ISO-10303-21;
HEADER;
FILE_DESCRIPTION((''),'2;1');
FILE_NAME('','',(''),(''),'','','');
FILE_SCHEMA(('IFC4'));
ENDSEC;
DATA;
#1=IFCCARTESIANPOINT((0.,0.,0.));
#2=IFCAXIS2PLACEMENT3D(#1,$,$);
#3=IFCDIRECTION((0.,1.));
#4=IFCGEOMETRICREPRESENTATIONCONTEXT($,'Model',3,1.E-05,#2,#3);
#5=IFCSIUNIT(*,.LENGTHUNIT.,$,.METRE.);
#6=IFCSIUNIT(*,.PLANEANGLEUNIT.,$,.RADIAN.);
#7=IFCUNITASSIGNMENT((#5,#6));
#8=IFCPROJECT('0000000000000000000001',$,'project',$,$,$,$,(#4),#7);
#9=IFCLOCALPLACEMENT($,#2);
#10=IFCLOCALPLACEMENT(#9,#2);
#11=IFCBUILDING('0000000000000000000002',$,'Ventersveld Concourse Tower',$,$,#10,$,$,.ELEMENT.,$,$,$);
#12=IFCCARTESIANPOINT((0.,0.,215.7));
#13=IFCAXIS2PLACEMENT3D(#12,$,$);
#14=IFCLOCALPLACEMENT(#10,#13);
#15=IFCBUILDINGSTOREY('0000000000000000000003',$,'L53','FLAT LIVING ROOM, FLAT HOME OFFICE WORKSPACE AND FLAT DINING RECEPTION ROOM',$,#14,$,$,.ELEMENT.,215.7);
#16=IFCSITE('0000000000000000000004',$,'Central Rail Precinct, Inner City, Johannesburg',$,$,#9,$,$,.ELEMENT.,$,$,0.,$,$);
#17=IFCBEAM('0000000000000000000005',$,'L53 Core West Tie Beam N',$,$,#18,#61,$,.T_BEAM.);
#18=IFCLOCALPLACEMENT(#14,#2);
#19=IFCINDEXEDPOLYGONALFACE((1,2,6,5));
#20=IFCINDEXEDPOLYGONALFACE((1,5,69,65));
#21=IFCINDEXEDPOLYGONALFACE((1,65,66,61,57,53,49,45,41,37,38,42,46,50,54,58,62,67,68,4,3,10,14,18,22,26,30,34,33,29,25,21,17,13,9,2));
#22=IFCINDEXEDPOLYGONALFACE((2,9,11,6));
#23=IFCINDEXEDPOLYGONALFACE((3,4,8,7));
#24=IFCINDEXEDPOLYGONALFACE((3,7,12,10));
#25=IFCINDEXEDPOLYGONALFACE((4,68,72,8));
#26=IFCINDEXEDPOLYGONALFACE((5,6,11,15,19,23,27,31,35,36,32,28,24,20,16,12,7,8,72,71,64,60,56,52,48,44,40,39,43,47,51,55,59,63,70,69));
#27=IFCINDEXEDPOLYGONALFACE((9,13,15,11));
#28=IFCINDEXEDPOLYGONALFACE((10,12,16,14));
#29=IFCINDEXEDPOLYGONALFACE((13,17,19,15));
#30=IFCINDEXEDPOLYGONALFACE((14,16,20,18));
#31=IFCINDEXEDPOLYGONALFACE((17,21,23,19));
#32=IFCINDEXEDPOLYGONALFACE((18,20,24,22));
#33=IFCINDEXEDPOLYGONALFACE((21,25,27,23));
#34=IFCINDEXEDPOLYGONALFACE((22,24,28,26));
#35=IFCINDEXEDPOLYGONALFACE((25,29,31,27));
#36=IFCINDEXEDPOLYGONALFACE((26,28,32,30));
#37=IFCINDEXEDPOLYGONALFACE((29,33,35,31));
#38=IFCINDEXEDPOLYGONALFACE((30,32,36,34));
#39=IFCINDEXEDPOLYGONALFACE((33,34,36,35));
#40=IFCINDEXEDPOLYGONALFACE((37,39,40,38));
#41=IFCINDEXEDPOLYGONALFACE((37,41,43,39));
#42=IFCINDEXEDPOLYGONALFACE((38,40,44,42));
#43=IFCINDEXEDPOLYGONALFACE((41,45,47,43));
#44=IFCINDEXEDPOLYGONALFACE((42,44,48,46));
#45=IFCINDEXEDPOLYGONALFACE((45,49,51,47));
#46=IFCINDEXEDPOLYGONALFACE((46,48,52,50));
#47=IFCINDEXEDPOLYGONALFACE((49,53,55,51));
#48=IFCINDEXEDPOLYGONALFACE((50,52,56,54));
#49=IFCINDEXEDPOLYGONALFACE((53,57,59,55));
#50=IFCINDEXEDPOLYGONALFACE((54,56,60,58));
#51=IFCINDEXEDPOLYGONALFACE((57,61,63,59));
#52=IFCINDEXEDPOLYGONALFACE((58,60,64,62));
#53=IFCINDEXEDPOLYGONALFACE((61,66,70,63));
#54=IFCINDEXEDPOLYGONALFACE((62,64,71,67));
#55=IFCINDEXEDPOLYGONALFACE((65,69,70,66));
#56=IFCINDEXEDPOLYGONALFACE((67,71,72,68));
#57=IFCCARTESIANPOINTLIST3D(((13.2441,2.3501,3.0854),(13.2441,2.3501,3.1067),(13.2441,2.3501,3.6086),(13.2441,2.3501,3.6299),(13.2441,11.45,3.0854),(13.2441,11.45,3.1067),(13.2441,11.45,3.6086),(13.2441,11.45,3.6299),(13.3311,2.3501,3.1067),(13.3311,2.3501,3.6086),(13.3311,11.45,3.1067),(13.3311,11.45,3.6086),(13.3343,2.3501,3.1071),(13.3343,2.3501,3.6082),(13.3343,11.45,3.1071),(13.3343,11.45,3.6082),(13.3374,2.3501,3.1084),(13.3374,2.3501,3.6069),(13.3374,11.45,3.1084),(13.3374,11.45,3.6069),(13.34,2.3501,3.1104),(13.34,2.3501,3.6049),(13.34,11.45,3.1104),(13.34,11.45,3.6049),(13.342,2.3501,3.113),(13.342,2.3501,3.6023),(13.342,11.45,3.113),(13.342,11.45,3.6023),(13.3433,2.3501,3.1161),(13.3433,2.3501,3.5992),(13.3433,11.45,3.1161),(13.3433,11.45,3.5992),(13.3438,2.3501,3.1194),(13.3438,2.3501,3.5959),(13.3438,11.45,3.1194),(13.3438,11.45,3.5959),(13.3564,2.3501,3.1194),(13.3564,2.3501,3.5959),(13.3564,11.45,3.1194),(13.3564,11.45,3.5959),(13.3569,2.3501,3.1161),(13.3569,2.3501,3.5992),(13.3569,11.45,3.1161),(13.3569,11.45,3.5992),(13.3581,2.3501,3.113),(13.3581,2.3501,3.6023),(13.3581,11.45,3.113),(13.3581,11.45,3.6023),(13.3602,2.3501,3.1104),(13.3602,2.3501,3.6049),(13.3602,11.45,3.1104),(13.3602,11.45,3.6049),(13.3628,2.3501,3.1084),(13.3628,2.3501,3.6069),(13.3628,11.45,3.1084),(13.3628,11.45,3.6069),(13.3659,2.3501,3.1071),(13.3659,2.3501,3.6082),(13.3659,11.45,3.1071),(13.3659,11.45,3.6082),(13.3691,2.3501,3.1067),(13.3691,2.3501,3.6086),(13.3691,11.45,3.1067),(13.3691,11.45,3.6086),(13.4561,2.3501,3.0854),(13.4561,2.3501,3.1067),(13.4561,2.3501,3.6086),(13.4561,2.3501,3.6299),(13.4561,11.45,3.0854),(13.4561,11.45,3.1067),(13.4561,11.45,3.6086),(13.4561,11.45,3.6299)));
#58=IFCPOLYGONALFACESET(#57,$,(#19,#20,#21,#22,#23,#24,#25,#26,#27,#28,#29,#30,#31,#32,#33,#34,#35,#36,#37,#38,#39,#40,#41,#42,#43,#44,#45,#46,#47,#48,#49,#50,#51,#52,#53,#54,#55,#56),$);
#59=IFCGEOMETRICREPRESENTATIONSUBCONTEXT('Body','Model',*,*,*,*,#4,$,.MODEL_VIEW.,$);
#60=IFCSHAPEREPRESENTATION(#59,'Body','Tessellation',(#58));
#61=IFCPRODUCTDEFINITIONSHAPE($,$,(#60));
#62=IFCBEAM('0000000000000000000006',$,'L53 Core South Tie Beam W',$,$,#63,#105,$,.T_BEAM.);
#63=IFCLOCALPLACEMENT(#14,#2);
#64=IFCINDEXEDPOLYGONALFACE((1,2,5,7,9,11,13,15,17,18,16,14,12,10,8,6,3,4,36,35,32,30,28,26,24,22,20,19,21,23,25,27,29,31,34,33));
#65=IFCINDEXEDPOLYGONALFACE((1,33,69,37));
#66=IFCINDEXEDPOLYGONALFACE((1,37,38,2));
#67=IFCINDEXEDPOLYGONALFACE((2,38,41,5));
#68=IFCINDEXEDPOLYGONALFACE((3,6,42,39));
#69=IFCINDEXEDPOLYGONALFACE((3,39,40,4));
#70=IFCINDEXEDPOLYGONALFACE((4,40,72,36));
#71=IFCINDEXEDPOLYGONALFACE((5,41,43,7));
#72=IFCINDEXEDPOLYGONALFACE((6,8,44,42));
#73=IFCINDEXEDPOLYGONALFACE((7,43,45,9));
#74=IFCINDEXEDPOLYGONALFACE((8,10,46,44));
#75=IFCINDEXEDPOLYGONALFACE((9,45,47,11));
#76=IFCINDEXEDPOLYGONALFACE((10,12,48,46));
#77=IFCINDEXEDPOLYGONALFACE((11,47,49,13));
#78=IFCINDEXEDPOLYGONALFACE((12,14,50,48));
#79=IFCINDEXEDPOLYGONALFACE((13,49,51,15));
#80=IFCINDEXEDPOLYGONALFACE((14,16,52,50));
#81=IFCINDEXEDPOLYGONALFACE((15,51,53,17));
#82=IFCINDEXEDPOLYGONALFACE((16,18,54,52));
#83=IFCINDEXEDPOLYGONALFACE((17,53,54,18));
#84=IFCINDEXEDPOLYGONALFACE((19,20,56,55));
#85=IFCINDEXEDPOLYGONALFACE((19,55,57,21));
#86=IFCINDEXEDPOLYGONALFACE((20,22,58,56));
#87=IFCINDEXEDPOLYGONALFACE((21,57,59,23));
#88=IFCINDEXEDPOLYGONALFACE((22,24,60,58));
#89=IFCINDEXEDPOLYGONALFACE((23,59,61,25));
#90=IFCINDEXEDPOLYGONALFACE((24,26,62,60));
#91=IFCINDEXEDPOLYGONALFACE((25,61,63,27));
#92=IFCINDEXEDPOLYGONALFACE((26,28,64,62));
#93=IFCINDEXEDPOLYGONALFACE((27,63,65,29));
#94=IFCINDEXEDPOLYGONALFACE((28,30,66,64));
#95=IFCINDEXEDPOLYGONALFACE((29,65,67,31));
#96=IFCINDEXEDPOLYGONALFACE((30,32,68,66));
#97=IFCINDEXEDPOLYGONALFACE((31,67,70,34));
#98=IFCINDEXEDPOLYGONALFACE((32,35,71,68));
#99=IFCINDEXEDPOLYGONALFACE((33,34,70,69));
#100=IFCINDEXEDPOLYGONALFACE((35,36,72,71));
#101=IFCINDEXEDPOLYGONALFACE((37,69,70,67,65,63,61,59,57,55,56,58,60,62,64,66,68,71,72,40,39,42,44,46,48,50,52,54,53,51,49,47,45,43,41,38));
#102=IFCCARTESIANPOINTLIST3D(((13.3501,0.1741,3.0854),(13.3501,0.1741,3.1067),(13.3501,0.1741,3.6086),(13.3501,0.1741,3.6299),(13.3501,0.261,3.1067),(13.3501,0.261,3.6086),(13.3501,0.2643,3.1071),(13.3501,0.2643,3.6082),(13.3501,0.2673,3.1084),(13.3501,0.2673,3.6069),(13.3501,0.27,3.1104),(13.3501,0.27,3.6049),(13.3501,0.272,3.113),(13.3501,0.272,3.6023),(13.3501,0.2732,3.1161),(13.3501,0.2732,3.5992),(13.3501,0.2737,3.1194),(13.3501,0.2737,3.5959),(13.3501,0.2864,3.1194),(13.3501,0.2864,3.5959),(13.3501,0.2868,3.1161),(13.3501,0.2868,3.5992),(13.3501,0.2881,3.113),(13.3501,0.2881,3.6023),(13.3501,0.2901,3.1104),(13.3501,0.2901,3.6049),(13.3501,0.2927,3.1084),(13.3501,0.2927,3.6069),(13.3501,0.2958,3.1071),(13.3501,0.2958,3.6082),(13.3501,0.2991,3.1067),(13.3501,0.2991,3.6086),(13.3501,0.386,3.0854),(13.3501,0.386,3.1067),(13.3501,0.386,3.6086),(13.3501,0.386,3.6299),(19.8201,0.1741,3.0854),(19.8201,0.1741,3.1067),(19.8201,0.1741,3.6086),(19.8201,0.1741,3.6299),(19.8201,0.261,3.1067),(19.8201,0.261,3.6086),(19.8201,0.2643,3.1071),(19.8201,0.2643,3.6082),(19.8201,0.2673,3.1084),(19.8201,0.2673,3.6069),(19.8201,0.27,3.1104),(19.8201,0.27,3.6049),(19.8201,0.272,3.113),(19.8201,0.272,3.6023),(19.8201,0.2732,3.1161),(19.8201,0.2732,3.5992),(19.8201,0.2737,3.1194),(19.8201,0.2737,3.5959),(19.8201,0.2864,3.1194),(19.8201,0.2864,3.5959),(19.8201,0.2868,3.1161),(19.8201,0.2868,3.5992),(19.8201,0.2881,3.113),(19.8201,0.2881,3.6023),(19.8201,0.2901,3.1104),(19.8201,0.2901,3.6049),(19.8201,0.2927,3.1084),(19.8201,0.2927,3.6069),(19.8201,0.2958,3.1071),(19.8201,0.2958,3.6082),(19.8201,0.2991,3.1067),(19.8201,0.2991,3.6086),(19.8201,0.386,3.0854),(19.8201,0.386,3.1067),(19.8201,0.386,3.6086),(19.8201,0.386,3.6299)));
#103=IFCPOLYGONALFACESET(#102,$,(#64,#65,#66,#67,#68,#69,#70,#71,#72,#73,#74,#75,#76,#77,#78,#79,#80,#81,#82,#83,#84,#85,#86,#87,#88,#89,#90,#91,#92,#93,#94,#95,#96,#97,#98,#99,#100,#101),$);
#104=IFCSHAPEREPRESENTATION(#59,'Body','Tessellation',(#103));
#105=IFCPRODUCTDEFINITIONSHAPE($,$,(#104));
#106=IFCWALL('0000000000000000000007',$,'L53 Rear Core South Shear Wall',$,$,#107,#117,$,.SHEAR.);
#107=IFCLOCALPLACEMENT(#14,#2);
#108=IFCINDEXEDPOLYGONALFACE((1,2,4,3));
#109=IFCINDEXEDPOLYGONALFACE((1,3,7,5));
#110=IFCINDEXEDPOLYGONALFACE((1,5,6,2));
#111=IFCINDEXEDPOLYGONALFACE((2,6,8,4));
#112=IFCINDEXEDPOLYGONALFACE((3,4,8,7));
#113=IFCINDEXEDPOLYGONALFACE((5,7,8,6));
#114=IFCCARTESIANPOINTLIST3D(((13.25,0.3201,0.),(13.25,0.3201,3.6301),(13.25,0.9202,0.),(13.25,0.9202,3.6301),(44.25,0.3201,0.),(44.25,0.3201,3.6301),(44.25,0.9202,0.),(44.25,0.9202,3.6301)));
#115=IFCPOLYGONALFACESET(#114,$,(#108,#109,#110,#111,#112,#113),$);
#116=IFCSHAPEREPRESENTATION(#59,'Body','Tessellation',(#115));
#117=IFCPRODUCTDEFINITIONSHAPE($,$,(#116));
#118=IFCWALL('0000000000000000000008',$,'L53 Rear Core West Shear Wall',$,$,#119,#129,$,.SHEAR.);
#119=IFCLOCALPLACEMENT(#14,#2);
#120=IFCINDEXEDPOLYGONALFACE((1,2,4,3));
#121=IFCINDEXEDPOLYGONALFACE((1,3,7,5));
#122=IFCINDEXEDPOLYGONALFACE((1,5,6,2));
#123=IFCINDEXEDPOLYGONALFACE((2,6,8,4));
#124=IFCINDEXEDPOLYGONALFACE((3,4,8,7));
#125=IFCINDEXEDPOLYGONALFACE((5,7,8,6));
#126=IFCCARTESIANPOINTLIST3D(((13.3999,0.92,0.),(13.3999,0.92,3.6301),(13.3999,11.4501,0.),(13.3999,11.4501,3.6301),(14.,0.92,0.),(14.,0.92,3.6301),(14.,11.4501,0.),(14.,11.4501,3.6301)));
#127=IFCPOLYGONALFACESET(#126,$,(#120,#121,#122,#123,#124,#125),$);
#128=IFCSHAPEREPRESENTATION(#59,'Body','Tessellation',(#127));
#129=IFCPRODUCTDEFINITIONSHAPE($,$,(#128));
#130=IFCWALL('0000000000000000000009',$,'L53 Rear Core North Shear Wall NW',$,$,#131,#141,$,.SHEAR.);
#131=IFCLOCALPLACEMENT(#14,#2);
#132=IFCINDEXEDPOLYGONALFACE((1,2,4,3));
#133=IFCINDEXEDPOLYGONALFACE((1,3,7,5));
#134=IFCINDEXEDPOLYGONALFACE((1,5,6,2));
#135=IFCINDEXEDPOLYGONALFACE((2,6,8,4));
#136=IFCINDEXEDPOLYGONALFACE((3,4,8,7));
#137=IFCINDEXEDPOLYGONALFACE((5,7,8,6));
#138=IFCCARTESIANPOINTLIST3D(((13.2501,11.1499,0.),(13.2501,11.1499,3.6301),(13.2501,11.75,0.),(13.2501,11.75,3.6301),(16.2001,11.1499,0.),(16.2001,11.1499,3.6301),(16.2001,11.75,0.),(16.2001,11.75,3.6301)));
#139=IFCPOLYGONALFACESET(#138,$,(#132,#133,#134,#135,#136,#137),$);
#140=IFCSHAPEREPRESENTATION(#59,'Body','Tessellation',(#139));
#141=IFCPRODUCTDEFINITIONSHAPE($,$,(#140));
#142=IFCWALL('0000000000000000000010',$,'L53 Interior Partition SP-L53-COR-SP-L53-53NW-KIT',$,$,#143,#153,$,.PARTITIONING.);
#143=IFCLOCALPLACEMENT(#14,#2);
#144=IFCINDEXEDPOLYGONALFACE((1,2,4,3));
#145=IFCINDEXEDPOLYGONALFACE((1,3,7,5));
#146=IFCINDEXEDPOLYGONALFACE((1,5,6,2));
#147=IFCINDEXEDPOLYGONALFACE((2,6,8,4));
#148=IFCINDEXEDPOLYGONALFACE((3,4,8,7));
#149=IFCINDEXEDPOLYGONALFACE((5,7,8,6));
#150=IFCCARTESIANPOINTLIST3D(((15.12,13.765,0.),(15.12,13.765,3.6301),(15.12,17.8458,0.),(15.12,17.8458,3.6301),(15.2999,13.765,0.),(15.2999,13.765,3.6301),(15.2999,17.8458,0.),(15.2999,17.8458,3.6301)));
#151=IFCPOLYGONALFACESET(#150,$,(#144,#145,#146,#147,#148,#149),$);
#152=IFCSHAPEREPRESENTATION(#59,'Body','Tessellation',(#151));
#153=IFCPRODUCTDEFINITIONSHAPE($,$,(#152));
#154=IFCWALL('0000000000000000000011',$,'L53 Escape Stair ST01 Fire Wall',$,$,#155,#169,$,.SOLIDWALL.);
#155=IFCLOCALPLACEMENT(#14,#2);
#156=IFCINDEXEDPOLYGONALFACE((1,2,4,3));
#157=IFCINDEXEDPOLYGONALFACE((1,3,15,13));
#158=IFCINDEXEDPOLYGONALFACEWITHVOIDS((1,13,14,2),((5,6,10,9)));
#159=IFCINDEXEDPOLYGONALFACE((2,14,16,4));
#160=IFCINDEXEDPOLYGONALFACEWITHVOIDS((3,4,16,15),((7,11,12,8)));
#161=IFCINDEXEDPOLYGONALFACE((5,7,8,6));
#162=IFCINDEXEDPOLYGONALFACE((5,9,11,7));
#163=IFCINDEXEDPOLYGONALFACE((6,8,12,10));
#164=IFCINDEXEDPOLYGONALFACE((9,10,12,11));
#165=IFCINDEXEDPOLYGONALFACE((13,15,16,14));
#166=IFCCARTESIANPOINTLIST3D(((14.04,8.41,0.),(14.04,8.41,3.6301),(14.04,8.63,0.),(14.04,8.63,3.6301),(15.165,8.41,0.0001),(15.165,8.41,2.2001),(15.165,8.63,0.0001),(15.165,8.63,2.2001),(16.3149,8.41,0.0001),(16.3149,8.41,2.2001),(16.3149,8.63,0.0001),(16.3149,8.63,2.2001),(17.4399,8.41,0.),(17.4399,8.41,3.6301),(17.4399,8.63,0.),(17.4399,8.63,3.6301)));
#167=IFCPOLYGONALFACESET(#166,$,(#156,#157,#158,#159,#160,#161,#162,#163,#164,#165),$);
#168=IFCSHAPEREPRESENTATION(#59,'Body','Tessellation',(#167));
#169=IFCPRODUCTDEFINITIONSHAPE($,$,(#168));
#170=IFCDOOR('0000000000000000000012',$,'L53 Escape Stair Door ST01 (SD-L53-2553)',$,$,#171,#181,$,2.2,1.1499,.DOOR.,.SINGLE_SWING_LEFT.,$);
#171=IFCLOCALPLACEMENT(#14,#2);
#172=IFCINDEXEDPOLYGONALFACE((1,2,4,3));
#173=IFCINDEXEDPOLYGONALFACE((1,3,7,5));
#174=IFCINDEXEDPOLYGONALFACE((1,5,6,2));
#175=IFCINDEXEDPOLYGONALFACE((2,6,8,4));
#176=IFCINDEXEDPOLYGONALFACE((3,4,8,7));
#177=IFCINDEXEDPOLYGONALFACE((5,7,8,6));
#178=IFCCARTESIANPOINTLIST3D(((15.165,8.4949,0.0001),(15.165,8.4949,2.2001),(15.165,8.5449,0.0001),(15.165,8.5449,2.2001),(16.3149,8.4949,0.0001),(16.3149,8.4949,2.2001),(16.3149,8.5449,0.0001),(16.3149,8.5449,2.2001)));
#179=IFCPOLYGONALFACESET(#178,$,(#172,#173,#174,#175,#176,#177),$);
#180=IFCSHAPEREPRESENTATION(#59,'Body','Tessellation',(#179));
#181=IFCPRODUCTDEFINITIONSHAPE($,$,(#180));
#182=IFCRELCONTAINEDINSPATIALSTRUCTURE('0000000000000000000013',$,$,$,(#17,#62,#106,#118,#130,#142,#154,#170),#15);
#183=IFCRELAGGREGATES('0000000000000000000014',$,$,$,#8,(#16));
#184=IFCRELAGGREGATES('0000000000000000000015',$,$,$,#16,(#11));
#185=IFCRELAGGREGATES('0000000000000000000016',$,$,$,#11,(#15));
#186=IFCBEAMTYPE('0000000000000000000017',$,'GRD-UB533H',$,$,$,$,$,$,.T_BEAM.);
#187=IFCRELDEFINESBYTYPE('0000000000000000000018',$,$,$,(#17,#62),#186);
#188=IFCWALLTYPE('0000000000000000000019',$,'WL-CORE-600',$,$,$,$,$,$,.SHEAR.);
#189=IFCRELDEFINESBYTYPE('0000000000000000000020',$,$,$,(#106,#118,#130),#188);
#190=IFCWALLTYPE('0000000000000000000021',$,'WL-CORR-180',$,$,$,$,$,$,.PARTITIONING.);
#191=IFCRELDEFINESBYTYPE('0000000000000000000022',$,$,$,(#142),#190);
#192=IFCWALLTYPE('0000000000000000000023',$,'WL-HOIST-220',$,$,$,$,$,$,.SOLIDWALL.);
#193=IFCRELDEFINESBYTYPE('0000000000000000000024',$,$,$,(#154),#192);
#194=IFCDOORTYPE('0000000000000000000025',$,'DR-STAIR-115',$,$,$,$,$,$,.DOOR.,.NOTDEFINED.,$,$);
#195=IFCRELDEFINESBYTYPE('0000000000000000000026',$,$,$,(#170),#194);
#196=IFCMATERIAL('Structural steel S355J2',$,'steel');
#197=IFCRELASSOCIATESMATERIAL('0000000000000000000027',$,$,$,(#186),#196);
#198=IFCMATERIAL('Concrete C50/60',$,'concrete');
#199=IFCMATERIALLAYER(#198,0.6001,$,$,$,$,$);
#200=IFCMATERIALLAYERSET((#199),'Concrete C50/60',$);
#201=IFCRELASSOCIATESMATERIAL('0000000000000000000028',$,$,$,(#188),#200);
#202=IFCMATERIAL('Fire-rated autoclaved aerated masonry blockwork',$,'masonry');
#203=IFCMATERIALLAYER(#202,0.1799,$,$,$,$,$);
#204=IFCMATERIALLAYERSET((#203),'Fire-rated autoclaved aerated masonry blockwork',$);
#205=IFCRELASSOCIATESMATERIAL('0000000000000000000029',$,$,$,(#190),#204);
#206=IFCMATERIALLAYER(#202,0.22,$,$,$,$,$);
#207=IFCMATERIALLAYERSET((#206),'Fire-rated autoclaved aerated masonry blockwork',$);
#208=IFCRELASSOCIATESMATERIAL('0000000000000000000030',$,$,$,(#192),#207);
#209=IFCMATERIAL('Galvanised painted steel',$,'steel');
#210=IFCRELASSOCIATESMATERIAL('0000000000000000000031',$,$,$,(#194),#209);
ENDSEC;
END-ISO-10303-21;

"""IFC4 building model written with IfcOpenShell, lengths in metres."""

from ifc_helpers import new_model, si_unit, direction, frame, frame_2d, origin, origin_2d, place, context, subcontext, project, spatial, rectangle, i_section, extrude, material, layer, layer_set, material_profile, profile_set, type_object, element, fill, save


model = new_model("IFC4")

# Units and contexts
model_context = context("Model", 3, precision=1e-05, world=origin(), true_north=direction((0.0, 1.0)))
body_context = subcontext(model_context, "Body", "Model", "MODEL_VIEW")
ifc_project = project(units=[si_unit("LENGTHUNIT", "METRE"), si_unit("PLANEANGLEUNIT", "RADIAN")], contexts=[model_context])

# Site, building, storey
site_placement = place(None, origin())
site = spatial("IfcSite", under=ifc_project, at=site_placement, Name="Central Rail Precinct, Inner City, Johannesburg", CompositionType="ELEMENT", RefElevation=0.0)
building_placement = place(site_placement, origin())
building = spatial("IfcBuilding", under=site, at=building_placement, Name="Ventersveld Concourse Tower", CompositionType="ELEMENT")
storey_placement = place(building_placement, frame((0.0, 0.0, 215.7)))
storey = spatial("IfcBuildingStorey", under=building, at=storey_placement, Name="L53", Description="FLAT LIVING ROOM, FLAT HOME OFFICE WORKSPACE AND FLAT DINING RECEPTION ROOM", CompositionType="ELEMENT", Elevation=215.7)

# Shared definitions
ifc_material_1 = material(Name="Concrete C50/60", Category="concrete")

# Beams
ifc_material_2 = material(Name="Structural steel S355J2", Category="steel")
ifc_material_profile_1 = material_profile(ifc_material_2, i_section(OverallWidth=0.2119, OverallDepth=0.5444, WebThickness=0.0127, FlangeThickness=0.0212, FilletRadius=0.0127, at=origin_2d()), Name="UB 533x210x122")
ifc_profile_set_1 = profile_set([ifc_material_profile_1], Name="Structural steel S355J2")
beam_type_1 = type_object("IfcBeamType", Name="GRD-UB533H", PredefinedType="T_BEAM", material=ifc_profile_set_1)
beam_1_placement = place(storey_placement, frame((13.3501, 2.3501, 3.3577), z_axis=(0.0, 1.0, 0.0), x_axis=(-1.0, 0.0, 0.0)))
element("IfcBeam", 1, at=beam_1_placement, inside=storey, type_object=beam_type_1, Name="L53 Core West Tie Beam N", PredefinedType="T_BEAM", context=body_context, shape_type="SweptSolid", body=[
    extrude(i_section(OverallWidth=0.2119, OverallDepth=0.5444, WebThickness=0.0127, FlangeThickness=0.0212, FilletRadius=0.0127, at=origin_2d()), origin(), (0.0, 0.0, 1.0), 9.0999),
])
beam_2_placement = place(storey_placement, frame((13.3501, 0.28, 3.3577), z_axis=(1.0, 0.0, 0.0), x_axis=(0.0, 1.0, 0.0)))
element("IfcBeam", 2, at=beam_2_placement, inside=storey, type_object=beam_type_1, Name="L53 Core South Tie Beam W", PredefinedType="T_BEAM", context=body_context, shape_type="SweptSolid", body=[
    extrude(i_section(OverallWidth=0.2119, OverallDepth=0.5444, WebThickness=0.0127, FlangeThickness=0.0212, FilletRadius=0.0127, at=origin_2d()), origin(), (0.0, 0.0, 1.0), 6.47),
])

# Walls
ifc_layer_1 = layer(ifc_material_1, 0.6001)
ifc_layer_set_1 = layer_set([ifc_layer_1], Name="Concrete C50/60")
wall_type_1 = type_object("IfcWallType", Name="WL-CORE-600", PredefinedType="SHEAR", material=ifc_layer_set_1)
wall_1_placement = place(storey_placement, frame((13.25, 0.6201, 0.0), z_axis=(0.0, 0.0, 1.0), x_axis=(1.0, 0.0, 0.0)))
element("IfcWall", 3, at=wall_1_placement, inside=storey, type_object=wall_type_1, Name="L53 Rear Core South Shear Wall", PredefinedType="SHEAR", context=body_context, shape_type="SweptSolid", body=[
    extrude(rectangle(XDim=31.0, YDim=0.6001, at=frame_2d((15.5, 0.0))), origin(), (0.0, 0.0, 1.0), 3.6301),
])
wall_2_placement = place(storey_placement, frame((13.7, 0.9199, 0.0), z_axis=(0.0, 0.0, 1.0), x_axis=(0.0, 1.0, 0.0)))
element("IfcWall", 4, at=wall_2_placement, inside=storey, type_object=wall_type_1, Name="L53 Rear Core West Shear Wall", PredefinedType="SHEAR", context=body_context, shape_type="SweptSolid", body=[
    extrude(rectangle(XDim=10.53, YDim=0.6001, at=frame_2d((5.2651, 0.0))), origin(), (0.0, 0.0, 1.0), 3.6301),
])
wall_3_placement = place(storey_placement, frame((13.25, 11.45, 0.0), z_axis=(0.0, 0.0, 1.0), x_axis=(1.0, 0.0, 0.0)))
element("IfcWall", 5, at=wall_3_placement, inside=storey, type_object=wall_type_1, Name="L53 Rear Core North Shear Wall NW", PredefinedType="SHEAR", context=body_context, shape_type="SweptSolid", body=[
    extrude(rectangle(XDim=2.95, YDim=0.6001, at=frame_2d((1.4751, 0.0))), origin(), (0.0, 0.0, 1.0), 3.6301),
])
ifc_material_3 = material(Name="Fire-rated autoclaved aerated masonry blockwork", Category="masonry")
ifc_layer_2 = layer(ifc_material_3, 0.1799)
ifc_layer_set_2 = layer_set([ifc_layer_2], Name="Fire-rated autoclaved aerated masonry blockwork")
wall_type_2 = type_object("IfcWallType", Name="WL-CORR-180", PredefinedType="PARTITIONING", material=ifc_layer_set_2)
wall_4_placement = place(storey_placement, frame((15.21, 13.7649, 0.0), z_axis=(0.0, 0.0, 1.0), x_axis=(0.0, 1.0, 0.0)))
element("IfcWall", 6, at=wall_4_placement, inside=storey, type_object=wall_type_2, Name="L53 Interior Partition SP-L53-COR-SP-L53-53NW-KIT", PredefinedType="PARTITIONING", context=body_context, shape_type="SweptSolid", body=[
    extrude(rectangle(XDim=4.0808, YDim=0.1799, at=frame_2d((2.0405, 0.0))), origin(), (0.0, 0.0, 1.0), 3.6301),
])

# Wall, opening, door
ifc_layer_3 = layer(ifc_material_3, 0.22)
ifc_layer_set_3 = layer_set([ifc_layer_3], Name="Fire-rated autoclaved aerated masonry blockwork")
wall_type_3 = type_object("IfcWallType", Name="WL-HOIST-220", PredefinedType="SOLIDWALL", material=ifc_layer_set_3)
wall_5_placement = place(storey_placement, frame((14.04, 8.52, 0.0), z_axis=(0.0, 0.0, 1.0), x_axis=(1.0, 0.0, 0.0)))
wall_5 = element("IfcWall", 7, at=wall_5_placement, inside=storey, type_object=wall_type_3, Name="L53 Escape Stair ST01 Fire Wall", PredefinedType="SOLIDWALL", context=body_context, shape_type="SweptSolid", body=[
    extrude(rectangle(XDim=3.3999, YDim=0.22, at=frame_2d((1.7, 0.0))), origin(), (0.0, 0.0, 1.0), 3.6301),
])
opening_1_placement = place(wall_5_placement, frame((1.125, 0.0, 0.0)))
opening_1 = element("IfcOpeningElement", 8, at=opening_1_placement, cuts=wall_5, PredefinedType="OPENING", context=body_context, shape_type="SweptSolid", body=[
    extrude(rectangle(XDim=1.1499, YDim=2.2, at=frame_2d((0.575, 1.1001))), frame((0.0, 0.1201, 0.0), z_axis=(0.0, -1.0, 0.0), x_axis=(1.0, 0.0, 0.0)), (0.0, 0.0, 1.0), 0.24),
])
ifc_material_4 = material(Name="Galvanised painted steel", Category="steel")
door_type_1 = type_object("IfcDoorType", Name="DR-STAIR-115", OperationType="NOTDEFINED", PredefinedType="DOOR", material=ifc_material_4)
door_1_placement = place(opening_1_placement, origin())
door_1 = element("IfcDoor", 9, at=door_1_placement, inside=storey, type_object=door_type_1, Name="L53 Escape Stair Door ST01 (SD-L53-2553)", OperationType="SINGLE_SWING_LEFT", OverallHeight=2.2, OverallWidth=1.1499, PredefinedType="DOOR", context=body_context, shape_type="SweptSolid", body=[
    extrude(rectangle(XDim=1.1499, YDim=2.2, at=frame_2d((0.575, 1.1001))), frame((0.0, 0.0249, 0.0), z_axis=(0.0, -1.0, 0.0), x_axis=(1.0, 0.0, 0.0)), (0.0, 0.0, 1.0), 0.05),
])
fill(opening_1, door_1)

save(model, "model.ifc")
